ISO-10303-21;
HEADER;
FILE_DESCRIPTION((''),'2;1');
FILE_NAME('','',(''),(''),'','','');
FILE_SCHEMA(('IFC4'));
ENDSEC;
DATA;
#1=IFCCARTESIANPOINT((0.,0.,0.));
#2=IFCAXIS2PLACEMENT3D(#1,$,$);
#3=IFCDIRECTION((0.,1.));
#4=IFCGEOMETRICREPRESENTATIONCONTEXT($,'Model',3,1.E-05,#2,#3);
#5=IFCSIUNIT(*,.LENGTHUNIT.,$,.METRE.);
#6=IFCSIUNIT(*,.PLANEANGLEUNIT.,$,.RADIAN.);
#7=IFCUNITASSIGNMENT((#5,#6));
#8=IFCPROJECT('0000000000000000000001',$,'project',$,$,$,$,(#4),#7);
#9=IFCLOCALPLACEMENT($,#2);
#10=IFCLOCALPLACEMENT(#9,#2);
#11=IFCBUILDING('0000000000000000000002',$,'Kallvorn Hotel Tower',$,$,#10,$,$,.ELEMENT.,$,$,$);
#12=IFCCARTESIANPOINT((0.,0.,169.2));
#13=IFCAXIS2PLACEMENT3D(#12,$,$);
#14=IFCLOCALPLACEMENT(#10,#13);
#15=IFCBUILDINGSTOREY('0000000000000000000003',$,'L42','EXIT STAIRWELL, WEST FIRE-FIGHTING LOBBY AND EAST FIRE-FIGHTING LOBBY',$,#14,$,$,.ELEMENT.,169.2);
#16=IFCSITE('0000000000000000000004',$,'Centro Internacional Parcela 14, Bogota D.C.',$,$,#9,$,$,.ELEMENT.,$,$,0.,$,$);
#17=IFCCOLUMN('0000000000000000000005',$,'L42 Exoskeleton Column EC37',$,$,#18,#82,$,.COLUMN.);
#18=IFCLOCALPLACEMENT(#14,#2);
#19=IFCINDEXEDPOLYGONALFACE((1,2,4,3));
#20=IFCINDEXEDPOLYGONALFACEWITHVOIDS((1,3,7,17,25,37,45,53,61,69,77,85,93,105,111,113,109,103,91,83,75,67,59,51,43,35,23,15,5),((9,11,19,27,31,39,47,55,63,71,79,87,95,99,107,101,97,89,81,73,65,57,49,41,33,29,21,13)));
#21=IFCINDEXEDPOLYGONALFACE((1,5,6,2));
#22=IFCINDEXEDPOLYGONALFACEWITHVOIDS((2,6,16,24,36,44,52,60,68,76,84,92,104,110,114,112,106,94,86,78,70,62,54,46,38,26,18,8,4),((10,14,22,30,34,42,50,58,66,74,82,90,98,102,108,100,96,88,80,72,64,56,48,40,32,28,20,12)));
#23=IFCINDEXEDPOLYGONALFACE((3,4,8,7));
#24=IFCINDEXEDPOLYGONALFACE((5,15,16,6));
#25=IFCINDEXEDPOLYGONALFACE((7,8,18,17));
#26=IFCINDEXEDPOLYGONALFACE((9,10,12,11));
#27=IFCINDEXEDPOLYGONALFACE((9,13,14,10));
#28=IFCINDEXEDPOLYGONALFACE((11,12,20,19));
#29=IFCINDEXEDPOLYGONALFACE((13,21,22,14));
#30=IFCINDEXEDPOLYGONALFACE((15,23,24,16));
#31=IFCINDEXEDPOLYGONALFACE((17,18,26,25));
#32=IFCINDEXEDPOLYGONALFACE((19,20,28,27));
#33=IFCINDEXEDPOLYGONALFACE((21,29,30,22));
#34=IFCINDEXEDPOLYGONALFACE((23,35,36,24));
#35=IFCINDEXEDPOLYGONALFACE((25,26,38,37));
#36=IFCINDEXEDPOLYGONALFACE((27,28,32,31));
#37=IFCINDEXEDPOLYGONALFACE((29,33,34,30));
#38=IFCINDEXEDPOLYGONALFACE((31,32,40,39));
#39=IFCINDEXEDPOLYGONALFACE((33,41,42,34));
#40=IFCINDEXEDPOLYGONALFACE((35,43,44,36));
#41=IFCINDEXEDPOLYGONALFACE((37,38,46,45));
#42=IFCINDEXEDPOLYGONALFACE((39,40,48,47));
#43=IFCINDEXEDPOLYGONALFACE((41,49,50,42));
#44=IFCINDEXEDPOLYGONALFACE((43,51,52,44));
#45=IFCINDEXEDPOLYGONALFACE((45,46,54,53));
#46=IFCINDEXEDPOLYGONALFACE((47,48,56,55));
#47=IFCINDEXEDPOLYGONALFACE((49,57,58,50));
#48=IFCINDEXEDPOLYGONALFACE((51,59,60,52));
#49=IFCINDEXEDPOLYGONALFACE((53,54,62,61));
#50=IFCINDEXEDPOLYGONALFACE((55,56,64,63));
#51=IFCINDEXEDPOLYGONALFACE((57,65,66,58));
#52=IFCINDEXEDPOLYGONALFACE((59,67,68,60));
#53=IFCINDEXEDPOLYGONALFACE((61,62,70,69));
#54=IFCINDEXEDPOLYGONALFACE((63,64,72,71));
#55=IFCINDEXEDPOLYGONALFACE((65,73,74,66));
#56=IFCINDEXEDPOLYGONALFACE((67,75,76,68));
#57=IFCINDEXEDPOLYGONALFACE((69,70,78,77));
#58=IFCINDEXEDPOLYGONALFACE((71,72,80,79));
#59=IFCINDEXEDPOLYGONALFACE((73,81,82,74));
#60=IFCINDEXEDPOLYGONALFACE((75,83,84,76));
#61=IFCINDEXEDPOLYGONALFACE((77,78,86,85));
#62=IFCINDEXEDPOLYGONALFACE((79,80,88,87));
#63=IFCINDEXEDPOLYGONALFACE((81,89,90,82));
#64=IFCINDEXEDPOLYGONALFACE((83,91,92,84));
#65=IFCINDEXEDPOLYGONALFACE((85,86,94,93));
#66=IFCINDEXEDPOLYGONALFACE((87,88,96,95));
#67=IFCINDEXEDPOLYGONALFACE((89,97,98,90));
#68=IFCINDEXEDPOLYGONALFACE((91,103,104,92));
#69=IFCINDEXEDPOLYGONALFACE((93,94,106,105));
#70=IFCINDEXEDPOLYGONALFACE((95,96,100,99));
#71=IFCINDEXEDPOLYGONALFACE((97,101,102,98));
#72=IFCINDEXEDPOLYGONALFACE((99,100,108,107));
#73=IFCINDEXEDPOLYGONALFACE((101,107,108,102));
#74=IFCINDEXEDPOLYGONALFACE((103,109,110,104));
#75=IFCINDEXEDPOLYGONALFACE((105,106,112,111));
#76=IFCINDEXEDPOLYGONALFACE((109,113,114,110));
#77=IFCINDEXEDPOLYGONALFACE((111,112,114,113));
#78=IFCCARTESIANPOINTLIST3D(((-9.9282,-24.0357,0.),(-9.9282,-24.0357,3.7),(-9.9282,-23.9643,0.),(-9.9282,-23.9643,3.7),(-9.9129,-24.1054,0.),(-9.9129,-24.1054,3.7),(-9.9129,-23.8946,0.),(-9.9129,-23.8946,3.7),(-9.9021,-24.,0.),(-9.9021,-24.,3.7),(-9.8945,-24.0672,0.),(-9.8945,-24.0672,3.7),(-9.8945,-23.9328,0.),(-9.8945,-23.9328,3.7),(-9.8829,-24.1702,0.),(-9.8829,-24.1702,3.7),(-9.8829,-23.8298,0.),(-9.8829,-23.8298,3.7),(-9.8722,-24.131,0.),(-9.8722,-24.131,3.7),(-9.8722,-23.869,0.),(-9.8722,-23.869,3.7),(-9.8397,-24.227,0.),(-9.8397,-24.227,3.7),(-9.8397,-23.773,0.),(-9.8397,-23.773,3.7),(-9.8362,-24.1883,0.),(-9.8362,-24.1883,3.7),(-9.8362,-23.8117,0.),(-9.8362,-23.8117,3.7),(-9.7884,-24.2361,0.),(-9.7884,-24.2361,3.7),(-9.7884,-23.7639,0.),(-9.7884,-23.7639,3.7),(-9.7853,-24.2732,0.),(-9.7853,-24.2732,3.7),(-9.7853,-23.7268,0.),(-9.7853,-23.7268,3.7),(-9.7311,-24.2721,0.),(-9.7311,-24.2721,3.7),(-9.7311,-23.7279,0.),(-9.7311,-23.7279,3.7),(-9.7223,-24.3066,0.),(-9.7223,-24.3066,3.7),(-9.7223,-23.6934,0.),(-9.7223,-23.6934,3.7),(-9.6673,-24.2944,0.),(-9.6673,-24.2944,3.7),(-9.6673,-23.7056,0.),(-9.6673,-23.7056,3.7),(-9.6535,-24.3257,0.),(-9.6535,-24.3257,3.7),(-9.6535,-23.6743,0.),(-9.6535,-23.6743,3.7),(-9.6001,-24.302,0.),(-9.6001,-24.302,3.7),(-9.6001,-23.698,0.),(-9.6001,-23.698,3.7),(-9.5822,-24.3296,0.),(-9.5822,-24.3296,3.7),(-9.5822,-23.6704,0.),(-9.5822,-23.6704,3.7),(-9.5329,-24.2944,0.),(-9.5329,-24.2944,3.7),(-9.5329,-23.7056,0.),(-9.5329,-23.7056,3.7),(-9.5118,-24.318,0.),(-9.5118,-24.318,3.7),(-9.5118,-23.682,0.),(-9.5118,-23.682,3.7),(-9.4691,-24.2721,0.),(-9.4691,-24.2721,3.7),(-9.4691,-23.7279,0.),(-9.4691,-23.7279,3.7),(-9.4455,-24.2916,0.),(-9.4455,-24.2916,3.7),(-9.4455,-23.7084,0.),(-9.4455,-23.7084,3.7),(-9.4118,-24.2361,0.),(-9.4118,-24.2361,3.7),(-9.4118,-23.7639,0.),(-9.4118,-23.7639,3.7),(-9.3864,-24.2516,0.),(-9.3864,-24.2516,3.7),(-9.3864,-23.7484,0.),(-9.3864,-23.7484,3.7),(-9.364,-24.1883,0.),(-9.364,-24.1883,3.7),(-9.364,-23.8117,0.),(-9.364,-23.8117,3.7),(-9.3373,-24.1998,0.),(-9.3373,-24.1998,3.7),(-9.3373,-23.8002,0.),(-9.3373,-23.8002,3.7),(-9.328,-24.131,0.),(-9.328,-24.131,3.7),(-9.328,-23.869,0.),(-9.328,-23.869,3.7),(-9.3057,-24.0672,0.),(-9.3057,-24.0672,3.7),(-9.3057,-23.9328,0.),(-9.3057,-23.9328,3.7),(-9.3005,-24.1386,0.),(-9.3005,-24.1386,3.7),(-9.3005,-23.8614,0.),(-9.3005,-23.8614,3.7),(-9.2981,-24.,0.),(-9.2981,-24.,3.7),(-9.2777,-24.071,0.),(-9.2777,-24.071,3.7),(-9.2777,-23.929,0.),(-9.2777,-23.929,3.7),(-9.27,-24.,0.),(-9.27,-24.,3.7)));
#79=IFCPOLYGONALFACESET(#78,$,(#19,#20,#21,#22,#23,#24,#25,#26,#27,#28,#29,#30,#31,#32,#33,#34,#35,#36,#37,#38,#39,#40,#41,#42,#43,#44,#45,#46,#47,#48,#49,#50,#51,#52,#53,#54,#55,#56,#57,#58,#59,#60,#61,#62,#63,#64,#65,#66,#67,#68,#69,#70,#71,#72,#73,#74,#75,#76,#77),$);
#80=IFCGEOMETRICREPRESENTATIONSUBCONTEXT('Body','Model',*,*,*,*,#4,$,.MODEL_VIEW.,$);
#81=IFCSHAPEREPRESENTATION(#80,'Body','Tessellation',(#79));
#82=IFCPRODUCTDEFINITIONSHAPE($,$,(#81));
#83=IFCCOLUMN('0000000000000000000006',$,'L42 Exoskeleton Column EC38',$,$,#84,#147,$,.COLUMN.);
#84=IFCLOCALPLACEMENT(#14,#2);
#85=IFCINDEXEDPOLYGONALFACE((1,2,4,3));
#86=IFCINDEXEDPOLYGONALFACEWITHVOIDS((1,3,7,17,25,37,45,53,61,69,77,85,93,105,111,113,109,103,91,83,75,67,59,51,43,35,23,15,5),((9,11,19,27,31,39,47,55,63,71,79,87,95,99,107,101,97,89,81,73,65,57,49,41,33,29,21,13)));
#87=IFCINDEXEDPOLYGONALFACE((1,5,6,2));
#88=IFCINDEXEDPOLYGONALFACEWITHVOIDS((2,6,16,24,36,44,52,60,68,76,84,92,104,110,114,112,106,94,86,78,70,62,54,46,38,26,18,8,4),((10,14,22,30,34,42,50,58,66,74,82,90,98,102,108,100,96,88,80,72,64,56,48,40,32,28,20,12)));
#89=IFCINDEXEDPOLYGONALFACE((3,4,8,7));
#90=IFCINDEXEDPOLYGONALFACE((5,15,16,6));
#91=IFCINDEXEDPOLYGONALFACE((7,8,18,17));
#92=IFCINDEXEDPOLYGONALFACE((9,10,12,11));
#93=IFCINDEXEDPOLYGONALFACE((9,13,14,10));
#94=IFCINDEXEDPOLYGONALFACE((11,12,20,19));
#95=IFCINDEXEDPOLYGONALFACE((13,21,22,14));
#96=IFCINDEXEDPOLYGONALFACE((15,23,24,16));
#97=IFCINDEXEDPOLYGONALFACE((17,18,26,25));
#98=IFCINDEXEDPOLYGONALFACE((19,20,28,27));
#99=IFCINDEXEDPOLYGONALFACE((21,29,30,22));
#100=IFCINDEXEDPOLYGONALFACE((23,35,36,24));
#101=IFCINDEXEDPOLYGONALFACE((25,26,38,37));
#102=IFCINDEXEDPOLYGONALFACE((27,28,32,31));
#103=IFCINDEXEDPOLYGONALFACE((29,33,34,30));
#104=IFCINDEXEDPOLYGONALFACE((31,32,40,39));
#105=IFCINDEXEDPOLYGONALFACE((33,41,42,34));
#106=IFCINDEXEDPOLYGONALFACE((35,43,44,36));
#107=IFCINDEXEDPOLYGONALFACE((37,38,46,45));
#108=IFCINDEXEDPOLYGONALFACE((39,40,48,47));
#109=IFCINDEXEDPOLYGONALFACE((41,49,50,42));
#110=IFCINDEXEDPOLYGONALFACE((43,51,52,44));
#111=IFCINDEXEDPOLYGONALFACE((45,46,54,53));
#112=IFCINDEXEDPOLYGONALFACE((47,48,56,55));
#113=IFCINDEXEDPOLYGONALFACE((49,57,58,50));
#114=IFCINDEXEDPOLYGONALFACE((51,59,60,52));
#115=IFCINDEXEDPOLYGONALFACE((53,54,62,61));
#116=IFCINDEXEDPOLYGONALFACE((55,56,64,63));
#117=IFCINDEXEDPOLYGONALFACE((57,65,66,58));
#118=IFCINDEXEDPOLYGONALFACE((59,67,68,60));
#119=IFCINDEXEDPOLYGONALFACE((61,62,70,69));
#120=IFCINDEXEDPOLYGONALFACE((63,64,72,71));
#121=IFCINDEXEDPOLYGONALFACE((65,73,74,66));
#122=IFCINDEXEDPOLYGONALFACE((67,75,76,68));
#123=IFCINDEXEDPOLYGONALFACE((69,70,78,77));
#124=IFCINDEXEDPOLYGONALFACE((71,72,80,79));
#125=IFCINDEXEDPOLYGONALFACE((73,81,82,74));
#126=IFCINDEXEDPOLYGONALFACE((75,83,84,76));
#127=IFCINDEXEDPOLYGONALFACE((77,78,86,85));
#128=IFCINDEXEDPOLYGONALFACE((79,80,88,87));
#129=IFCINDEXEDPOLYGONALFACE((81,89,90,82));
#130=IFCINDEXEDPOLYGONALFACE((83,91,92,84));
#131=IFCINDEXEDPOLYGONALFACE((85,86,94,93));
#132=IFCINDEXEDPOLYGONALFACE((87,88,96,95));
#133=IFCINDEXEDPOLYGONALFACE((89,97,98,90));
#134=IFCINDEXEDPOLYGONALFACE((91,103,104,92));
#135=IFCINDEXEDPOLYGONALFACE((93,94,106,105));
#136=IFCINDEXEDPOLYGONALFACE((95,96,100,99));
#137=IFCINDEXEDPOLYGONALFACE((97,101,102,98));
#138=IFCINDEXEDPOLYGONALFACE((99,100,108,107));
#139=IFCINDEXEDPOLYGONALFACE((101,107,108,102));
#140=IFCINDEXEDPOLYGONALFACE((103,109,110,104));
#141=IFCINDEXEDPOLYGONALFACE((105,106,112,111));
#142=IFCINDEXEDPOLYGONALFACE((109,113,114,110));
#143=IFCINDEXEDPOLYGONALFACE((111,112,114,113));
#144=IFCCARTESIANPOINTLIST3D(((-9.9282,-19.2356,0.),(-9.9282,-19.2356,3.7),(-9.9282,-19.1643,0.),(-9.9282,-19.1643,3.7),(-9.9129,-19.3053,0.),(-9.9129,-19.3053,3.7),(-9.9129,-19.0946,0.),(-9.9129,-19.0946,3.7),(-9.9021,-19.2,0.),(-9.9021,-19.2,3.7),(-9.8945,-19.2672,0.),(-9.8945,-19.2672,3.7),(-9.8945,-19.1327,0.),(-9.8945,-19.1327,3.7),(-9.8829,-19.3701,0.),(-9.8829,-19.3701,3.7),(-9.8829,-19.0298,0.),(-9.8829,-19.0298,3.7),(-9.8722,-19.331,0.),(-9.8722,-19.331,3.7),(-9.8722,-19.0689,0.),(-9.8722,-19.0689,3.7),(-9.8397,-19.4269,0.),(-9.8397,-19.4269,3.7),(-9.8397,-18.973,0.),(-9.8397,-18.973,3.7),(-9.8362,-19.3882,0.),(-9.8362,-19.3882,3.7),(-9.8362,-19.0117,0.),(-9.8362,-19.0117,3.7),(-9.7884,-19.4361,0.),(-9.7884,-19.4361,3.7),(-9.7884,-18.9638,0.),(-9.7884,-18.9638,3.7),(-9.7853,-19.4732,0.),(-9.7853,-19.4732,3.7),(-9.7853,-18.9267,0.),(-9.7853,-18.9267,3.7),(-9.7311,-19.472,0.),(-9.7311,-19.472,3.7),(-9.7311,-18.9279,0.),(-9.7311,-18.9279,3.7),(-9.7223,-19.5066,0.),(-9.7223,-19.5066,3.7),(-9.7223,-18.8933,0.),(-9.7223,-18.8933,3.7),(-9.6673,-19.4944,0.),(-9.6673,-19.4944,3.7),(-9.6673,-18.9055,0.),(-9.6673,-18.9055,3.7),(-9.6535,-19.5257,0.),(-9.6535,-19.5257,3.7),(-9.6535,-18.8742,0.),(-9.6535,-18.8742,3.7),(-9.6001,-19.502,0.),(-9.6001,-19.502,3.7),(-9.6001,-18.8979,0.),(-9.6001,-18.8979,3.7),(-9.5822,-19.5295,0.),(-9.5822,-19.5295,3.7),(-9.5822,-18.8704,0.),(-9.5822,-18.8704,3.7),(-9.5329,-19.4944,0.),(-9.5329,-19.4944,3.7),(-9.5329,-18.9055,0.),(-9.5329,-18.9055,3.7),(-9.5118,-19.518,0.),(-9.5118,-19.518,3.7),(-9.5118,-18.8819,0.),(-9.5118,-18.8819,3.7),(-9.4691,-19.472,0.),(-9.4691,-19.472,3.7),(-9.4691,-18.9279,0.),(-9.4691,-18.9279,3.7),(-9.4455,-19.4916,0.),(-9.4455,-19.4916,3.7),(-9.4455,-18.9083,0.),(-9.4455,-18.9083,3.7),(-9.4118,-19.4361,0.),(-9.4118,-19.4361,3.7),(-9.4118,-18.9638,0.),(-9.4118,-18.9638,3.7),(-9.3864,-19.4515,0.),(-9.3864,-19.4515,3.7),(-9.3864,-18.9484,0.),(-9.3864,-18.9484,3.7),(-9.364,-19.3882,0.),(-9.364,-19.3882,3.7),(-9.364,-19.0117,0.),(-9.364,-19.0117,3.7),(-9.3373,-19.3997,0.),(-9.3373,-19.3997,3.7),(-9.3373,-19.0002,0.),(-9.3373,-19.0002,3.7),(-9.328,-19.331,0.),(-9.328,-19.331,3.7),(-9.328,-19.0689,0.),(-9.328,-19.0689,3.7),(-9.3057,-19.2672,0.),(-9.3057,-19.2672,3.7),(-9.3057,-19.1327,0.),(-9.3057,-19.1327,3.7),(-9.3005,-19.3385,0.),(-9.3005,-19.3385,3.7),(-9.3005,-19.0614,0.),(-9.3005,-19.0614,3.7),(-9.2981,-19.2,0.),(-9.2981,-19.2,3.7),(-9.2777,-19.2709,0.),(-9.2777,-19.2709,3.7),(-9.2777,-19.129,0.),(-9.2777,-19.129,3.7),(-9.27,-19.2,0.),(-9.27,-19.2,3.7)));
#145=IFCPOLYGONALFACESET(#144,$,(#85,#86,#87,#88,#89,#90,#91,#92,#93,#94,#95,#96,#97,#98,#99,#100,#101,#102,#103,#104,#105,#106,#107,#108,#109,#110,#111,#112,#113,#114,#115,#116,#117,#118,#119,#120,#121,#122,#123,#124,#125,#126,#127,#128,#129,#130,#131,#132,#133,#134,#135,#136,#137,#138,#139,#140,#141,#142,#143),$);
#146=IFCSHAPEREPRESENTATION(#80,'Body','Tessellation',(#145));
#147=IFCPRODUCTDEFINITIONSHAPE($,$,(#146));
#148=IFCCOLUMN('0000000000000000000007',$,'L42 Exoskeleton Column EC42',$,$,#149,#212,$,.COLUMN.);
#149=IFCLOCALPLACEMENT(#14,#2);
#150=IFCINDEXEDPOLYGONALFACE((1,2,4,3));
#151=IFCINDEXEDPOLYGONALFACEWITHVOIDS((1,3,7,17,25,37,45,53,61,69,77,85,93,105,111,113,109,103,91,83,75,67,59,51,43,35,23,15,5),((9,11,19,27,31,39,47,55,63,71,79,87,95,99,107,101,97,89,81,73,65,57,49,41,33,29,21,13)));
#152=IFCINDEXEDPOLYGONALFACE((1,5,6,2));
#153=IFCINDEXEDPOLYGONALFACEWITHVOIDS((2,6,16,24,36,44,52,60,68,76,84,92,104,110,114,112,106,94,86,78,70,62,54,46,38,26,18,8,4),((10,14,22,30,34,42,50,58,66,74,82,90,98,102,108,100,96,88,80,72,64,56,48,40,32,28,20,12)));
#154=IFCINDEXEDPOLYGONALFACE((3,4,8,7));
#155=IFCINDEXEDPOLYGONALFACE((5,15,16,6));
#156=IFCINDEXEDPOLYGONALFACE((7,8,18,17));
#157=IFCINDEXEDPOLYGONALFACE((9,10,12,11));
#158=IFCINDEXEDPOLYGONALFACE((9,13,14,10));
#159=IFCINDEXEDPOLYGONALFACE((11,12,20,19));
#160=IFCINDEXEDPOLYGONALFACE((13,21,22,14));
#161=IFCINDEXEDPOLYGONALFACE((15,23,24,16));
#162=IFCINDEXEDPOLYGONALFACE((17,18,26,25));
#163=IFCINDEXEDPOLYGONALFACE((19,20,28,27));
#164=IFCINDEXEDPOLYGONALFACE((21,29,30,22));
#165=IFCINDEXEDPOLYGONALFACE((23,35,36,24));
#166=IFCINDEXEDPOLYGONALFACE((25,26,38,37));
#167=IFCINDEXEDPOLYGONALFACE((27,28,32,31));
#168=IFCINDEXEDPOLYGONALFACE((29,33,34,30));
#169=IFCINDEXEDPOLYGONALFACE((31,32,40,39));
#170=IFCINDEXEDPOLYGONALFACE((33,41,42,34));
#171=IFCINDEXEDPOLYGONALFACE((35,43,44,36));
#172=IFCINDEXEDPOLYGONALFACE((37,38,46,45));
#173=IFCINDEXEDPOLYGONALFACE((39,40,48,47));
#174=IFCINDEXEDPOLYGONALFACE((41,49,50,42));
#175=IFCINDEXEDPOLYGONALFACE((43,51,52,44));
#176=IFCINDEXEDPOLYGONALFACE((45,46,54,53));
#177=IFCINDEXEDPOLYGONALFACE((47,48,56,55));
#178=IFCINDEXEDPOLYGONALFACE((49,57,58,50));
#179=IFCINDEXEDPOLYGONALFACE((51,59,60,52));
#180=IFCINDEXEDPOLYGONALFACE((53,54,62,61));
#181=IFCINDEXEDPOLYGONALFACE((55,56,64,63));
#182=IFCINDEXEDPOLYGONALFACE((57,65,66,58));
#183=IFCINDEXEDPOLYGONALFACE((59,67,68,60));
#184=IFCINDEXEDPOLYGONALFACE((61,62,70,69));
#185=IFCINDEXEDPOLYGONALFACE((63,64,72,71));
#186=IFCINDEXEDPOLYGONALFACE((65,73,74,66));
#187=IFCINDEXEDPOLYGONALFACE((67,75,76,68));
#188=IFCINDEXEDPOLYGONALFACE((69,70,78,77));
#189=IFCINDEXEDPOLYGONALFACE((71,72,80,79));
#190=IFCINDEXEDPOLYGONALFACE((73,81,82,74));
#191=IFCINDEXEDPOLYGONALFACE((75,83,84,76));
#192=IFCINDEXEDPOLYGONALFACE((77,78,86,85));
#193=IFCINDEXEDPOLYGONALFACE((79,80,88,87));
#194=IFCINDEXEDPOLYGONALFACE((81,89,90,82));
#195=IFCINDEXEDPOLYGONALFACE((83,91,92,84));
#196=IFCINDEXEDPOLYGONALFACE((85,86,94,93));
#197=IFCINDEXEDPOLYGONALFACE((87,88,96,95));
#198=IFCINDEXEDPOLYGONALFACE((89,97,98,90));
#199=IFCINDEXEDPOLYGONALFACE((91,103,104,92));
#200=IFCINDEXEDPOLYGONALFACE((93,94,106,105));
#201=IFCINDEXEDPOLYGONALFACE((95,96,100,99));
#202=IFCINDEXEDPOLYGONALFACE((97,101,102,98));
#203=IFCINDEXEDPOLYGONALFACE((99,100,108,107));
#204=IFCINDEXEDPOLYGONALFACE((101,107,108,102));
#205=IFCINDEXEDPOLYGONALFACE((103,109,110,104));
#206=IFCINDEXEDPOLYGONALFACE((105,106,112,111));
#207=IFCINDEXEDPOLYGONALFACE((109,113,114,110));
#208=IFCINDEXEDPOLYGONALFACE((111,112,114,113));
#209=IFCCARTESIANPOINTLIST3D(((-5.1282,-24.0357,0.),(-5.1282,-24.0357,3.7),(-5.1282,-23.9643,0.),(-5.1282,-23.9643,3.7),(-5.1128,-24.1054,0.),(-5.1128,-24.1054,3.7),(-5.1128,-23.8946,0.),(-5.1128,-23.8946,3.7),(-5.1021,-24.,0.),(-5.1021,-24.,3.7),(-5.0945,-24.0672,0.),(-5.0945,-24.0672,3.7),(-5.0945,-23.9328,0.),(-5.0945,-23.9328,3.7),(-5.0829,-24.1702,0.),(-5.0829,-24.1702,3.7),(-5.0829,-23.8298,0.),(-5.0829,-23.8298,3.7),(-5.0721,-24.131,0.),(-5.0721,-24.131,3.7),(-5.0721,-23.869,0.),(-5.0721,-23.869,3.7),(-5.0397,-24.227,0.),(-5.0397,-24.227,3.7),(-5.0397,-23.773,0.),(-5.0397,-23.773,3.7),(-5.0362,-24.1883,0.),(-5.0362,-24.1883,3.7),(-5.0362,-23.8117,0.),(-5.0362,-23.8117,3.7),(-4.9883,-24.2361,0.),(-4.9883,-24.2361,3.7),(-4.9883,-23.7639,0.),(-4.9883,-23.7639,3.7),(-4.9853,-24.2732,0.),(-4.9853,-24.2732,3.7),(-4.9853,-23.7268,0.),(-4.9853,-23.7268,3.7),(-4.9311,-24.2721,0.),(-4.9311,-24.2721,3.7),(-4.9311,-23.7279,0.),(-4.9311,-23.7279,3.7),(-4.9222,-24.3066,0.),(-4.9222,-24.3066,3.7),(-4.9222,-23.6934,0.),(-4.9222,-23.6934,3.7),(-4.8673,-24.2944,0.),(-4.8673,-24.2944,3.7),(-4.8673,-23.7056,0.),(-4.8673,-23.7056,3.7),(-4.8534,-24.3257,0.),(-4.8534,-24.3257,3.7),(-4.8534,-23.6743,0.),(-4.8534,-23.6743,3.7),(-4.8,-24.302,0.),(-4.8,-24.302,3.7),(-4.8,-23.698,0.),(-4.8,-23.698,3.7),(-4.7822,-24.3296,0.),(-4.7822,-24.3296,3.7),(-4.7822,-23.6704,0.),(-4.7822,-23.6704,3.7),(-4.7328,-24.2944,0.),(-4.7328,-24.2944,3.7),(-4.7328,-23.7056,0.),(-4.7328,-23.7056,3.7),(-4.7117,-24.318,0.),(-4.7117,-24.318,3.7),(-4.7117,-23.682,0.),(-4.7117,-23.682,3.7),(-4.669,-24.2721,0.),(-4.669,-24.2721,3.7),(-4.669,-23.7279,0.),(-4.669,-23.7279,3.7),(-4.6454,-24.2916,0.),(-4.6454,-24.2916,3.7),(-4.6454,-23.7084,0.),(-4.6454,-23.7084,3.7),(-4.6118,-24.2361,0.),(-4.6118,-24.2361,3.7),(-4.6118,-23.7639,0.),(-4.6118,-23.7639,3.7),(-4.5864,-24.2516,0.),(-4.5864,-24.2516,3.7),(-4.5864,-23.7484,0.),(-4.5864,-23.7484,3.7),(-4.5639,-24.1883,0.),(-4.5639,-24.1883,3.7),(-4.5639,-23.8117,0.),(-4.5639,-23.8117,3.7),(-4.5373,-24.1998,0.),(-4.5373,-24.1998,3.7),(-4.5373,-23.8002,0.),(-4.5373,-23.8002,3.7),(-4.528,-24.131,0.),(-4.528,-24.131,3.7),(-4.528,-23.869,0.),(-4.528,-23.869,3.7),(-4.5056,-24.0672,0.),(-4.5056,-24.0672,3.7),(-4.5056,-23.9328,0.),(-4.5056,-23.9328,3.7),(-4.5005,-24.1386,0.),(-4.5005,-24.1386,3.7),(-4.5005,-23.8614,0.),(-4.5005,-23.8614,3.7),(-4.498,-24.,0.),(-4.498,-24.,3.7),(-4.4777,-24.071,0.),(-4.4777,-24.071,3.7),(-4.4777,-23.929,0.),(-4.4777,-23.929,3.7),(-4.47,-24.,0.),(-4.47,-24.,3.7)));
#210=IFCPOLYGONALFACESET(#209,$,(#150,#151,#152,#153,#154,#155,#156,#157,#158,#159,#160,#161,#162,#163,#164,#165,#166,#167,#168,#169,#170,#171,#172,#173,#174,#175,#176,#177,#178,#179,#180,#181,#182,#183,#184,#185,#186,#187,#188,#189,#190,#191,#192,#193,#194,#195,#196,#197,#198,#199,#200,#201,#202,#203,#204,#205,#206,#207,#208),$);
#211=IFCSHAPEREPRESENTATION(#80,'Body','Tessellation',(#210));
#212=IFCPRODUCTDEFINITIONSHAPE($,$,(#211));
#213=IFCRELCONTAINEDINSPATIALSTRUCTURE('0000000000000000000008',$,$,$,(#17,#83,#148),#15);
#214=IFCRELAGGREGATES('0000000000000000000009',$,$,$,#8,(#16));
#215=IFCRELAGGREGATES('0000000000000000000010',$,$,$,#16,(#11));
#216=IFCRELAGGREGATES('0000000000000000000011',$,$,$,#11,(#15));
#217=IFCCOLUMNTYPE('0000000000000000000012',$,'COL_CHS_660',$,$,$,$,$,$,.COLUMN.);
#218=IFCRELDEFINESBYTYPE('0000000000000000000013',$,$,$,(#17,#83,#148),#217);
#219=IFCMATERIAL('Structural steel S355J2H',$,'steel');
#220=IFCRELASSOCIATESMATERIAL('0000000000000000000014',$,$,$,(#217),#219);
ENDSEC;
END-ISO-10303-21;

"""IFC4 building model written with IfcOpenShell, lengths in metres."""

from ifc_helpers import new_model, si_unit, direction, frame, origin, origin_2d, place, context, subcontext, project, spatial, hollow_circle, extrude, material, material_profile, profile_set, type_object, element, save


model = new_model("IFC4")

# Units and contexts
model_context = context("Model", 3, precision=1e-05, world=origin(), true_north=direction((0.0, 1.0)))
body_context = subcontext(model_context, "Body", "Model", "MODEL_VIEW")
ifc_project = project(units=[si_unit("LENGTHUNIT", "METRE"), si_unit("PLANEANGLEUNIT", "RADIAN")], contexts=[model_context])

# Site, building, storey
site_placement = place(None, origin())
site = spatial("IfcSite", under=ifc_project, at=site_placement, Name="Centro Internacional Parcela 14, Bogota D.C.", CompositionType="ELEMENT", RefElevation=0.0)
building_placement = place(site_placement, origin())
building = spatial("IfcBuilding", under=site, at=building_placement, Name="Kallvorn Hotel Tower", CompositionType="ELEMENT")
storey_placement = place(building_placement, frame((0.0, 0.0, 169.2)))
storey = spatial("IfcBuildingStorey", under=building, at=storey_placement, Name="L42", Description="EXIT STAIRWELL, WEST FIRE-FIGHTING LOBBY AND EAST FIRE-FIGHTING LOBBY", CompositionType="ELEMENT", Elevation=169.2)

# Columns
ifc_material_1 = material(Name="Structural steel S355J2H", Category="steel")
ifc_material_profile_1 = material_profile(ifc_material_1, hollow_circle(Radius=0.3301, WallThickness=0.0281, at=origin_2d()), Name="CHS 660x28")
ifc_profile_set_1 = profile_set([ifc_material_profile_1], Name="Structural steel S355J2H")
column_type_1 = type_object("IfcColumnType", Name="COL_CHS_660", PredefinedType="COLUMN", material=ifc_profile_set_1)
for number, where, z_axis, x_axis, name in (
    (1, (-9.6001, -24.0, 0.0), (0.0, 0.0, 1.0), (1.0, 0.0, 0.0), "L42 Exoskeleton Column EC37"),
    (2, (-9.6001, -19.2, 0.0), (0.0, 0.0, 1.0), (1.0, 0.0, 0.0), "L42 Exoskeleton Column EC38"),
    (3, (-4.8, -24.0, 0.0), (0.0, 0.0, 1.0), (1.0, 0.0, 0.0), "L42 Exoskeleton Column EC42"),
):
    element("IfcColumn", number, at=place(storey_placement, frame(where, z_axis=z_axis, x_axis=x_axis)), inside=storey, type_object=column_type_1, Name=name, PredefinedType="COLUMN", context=body_context, shape_type="SweptSolid", body=[
        extrude(hollow_circle(Radius=0.3301, WallThickness=0.0281, at=origin_2d()), origin(), (0.0, 0.0, 1.0), 3.7),
    ])

save(model, "model.ifc")
